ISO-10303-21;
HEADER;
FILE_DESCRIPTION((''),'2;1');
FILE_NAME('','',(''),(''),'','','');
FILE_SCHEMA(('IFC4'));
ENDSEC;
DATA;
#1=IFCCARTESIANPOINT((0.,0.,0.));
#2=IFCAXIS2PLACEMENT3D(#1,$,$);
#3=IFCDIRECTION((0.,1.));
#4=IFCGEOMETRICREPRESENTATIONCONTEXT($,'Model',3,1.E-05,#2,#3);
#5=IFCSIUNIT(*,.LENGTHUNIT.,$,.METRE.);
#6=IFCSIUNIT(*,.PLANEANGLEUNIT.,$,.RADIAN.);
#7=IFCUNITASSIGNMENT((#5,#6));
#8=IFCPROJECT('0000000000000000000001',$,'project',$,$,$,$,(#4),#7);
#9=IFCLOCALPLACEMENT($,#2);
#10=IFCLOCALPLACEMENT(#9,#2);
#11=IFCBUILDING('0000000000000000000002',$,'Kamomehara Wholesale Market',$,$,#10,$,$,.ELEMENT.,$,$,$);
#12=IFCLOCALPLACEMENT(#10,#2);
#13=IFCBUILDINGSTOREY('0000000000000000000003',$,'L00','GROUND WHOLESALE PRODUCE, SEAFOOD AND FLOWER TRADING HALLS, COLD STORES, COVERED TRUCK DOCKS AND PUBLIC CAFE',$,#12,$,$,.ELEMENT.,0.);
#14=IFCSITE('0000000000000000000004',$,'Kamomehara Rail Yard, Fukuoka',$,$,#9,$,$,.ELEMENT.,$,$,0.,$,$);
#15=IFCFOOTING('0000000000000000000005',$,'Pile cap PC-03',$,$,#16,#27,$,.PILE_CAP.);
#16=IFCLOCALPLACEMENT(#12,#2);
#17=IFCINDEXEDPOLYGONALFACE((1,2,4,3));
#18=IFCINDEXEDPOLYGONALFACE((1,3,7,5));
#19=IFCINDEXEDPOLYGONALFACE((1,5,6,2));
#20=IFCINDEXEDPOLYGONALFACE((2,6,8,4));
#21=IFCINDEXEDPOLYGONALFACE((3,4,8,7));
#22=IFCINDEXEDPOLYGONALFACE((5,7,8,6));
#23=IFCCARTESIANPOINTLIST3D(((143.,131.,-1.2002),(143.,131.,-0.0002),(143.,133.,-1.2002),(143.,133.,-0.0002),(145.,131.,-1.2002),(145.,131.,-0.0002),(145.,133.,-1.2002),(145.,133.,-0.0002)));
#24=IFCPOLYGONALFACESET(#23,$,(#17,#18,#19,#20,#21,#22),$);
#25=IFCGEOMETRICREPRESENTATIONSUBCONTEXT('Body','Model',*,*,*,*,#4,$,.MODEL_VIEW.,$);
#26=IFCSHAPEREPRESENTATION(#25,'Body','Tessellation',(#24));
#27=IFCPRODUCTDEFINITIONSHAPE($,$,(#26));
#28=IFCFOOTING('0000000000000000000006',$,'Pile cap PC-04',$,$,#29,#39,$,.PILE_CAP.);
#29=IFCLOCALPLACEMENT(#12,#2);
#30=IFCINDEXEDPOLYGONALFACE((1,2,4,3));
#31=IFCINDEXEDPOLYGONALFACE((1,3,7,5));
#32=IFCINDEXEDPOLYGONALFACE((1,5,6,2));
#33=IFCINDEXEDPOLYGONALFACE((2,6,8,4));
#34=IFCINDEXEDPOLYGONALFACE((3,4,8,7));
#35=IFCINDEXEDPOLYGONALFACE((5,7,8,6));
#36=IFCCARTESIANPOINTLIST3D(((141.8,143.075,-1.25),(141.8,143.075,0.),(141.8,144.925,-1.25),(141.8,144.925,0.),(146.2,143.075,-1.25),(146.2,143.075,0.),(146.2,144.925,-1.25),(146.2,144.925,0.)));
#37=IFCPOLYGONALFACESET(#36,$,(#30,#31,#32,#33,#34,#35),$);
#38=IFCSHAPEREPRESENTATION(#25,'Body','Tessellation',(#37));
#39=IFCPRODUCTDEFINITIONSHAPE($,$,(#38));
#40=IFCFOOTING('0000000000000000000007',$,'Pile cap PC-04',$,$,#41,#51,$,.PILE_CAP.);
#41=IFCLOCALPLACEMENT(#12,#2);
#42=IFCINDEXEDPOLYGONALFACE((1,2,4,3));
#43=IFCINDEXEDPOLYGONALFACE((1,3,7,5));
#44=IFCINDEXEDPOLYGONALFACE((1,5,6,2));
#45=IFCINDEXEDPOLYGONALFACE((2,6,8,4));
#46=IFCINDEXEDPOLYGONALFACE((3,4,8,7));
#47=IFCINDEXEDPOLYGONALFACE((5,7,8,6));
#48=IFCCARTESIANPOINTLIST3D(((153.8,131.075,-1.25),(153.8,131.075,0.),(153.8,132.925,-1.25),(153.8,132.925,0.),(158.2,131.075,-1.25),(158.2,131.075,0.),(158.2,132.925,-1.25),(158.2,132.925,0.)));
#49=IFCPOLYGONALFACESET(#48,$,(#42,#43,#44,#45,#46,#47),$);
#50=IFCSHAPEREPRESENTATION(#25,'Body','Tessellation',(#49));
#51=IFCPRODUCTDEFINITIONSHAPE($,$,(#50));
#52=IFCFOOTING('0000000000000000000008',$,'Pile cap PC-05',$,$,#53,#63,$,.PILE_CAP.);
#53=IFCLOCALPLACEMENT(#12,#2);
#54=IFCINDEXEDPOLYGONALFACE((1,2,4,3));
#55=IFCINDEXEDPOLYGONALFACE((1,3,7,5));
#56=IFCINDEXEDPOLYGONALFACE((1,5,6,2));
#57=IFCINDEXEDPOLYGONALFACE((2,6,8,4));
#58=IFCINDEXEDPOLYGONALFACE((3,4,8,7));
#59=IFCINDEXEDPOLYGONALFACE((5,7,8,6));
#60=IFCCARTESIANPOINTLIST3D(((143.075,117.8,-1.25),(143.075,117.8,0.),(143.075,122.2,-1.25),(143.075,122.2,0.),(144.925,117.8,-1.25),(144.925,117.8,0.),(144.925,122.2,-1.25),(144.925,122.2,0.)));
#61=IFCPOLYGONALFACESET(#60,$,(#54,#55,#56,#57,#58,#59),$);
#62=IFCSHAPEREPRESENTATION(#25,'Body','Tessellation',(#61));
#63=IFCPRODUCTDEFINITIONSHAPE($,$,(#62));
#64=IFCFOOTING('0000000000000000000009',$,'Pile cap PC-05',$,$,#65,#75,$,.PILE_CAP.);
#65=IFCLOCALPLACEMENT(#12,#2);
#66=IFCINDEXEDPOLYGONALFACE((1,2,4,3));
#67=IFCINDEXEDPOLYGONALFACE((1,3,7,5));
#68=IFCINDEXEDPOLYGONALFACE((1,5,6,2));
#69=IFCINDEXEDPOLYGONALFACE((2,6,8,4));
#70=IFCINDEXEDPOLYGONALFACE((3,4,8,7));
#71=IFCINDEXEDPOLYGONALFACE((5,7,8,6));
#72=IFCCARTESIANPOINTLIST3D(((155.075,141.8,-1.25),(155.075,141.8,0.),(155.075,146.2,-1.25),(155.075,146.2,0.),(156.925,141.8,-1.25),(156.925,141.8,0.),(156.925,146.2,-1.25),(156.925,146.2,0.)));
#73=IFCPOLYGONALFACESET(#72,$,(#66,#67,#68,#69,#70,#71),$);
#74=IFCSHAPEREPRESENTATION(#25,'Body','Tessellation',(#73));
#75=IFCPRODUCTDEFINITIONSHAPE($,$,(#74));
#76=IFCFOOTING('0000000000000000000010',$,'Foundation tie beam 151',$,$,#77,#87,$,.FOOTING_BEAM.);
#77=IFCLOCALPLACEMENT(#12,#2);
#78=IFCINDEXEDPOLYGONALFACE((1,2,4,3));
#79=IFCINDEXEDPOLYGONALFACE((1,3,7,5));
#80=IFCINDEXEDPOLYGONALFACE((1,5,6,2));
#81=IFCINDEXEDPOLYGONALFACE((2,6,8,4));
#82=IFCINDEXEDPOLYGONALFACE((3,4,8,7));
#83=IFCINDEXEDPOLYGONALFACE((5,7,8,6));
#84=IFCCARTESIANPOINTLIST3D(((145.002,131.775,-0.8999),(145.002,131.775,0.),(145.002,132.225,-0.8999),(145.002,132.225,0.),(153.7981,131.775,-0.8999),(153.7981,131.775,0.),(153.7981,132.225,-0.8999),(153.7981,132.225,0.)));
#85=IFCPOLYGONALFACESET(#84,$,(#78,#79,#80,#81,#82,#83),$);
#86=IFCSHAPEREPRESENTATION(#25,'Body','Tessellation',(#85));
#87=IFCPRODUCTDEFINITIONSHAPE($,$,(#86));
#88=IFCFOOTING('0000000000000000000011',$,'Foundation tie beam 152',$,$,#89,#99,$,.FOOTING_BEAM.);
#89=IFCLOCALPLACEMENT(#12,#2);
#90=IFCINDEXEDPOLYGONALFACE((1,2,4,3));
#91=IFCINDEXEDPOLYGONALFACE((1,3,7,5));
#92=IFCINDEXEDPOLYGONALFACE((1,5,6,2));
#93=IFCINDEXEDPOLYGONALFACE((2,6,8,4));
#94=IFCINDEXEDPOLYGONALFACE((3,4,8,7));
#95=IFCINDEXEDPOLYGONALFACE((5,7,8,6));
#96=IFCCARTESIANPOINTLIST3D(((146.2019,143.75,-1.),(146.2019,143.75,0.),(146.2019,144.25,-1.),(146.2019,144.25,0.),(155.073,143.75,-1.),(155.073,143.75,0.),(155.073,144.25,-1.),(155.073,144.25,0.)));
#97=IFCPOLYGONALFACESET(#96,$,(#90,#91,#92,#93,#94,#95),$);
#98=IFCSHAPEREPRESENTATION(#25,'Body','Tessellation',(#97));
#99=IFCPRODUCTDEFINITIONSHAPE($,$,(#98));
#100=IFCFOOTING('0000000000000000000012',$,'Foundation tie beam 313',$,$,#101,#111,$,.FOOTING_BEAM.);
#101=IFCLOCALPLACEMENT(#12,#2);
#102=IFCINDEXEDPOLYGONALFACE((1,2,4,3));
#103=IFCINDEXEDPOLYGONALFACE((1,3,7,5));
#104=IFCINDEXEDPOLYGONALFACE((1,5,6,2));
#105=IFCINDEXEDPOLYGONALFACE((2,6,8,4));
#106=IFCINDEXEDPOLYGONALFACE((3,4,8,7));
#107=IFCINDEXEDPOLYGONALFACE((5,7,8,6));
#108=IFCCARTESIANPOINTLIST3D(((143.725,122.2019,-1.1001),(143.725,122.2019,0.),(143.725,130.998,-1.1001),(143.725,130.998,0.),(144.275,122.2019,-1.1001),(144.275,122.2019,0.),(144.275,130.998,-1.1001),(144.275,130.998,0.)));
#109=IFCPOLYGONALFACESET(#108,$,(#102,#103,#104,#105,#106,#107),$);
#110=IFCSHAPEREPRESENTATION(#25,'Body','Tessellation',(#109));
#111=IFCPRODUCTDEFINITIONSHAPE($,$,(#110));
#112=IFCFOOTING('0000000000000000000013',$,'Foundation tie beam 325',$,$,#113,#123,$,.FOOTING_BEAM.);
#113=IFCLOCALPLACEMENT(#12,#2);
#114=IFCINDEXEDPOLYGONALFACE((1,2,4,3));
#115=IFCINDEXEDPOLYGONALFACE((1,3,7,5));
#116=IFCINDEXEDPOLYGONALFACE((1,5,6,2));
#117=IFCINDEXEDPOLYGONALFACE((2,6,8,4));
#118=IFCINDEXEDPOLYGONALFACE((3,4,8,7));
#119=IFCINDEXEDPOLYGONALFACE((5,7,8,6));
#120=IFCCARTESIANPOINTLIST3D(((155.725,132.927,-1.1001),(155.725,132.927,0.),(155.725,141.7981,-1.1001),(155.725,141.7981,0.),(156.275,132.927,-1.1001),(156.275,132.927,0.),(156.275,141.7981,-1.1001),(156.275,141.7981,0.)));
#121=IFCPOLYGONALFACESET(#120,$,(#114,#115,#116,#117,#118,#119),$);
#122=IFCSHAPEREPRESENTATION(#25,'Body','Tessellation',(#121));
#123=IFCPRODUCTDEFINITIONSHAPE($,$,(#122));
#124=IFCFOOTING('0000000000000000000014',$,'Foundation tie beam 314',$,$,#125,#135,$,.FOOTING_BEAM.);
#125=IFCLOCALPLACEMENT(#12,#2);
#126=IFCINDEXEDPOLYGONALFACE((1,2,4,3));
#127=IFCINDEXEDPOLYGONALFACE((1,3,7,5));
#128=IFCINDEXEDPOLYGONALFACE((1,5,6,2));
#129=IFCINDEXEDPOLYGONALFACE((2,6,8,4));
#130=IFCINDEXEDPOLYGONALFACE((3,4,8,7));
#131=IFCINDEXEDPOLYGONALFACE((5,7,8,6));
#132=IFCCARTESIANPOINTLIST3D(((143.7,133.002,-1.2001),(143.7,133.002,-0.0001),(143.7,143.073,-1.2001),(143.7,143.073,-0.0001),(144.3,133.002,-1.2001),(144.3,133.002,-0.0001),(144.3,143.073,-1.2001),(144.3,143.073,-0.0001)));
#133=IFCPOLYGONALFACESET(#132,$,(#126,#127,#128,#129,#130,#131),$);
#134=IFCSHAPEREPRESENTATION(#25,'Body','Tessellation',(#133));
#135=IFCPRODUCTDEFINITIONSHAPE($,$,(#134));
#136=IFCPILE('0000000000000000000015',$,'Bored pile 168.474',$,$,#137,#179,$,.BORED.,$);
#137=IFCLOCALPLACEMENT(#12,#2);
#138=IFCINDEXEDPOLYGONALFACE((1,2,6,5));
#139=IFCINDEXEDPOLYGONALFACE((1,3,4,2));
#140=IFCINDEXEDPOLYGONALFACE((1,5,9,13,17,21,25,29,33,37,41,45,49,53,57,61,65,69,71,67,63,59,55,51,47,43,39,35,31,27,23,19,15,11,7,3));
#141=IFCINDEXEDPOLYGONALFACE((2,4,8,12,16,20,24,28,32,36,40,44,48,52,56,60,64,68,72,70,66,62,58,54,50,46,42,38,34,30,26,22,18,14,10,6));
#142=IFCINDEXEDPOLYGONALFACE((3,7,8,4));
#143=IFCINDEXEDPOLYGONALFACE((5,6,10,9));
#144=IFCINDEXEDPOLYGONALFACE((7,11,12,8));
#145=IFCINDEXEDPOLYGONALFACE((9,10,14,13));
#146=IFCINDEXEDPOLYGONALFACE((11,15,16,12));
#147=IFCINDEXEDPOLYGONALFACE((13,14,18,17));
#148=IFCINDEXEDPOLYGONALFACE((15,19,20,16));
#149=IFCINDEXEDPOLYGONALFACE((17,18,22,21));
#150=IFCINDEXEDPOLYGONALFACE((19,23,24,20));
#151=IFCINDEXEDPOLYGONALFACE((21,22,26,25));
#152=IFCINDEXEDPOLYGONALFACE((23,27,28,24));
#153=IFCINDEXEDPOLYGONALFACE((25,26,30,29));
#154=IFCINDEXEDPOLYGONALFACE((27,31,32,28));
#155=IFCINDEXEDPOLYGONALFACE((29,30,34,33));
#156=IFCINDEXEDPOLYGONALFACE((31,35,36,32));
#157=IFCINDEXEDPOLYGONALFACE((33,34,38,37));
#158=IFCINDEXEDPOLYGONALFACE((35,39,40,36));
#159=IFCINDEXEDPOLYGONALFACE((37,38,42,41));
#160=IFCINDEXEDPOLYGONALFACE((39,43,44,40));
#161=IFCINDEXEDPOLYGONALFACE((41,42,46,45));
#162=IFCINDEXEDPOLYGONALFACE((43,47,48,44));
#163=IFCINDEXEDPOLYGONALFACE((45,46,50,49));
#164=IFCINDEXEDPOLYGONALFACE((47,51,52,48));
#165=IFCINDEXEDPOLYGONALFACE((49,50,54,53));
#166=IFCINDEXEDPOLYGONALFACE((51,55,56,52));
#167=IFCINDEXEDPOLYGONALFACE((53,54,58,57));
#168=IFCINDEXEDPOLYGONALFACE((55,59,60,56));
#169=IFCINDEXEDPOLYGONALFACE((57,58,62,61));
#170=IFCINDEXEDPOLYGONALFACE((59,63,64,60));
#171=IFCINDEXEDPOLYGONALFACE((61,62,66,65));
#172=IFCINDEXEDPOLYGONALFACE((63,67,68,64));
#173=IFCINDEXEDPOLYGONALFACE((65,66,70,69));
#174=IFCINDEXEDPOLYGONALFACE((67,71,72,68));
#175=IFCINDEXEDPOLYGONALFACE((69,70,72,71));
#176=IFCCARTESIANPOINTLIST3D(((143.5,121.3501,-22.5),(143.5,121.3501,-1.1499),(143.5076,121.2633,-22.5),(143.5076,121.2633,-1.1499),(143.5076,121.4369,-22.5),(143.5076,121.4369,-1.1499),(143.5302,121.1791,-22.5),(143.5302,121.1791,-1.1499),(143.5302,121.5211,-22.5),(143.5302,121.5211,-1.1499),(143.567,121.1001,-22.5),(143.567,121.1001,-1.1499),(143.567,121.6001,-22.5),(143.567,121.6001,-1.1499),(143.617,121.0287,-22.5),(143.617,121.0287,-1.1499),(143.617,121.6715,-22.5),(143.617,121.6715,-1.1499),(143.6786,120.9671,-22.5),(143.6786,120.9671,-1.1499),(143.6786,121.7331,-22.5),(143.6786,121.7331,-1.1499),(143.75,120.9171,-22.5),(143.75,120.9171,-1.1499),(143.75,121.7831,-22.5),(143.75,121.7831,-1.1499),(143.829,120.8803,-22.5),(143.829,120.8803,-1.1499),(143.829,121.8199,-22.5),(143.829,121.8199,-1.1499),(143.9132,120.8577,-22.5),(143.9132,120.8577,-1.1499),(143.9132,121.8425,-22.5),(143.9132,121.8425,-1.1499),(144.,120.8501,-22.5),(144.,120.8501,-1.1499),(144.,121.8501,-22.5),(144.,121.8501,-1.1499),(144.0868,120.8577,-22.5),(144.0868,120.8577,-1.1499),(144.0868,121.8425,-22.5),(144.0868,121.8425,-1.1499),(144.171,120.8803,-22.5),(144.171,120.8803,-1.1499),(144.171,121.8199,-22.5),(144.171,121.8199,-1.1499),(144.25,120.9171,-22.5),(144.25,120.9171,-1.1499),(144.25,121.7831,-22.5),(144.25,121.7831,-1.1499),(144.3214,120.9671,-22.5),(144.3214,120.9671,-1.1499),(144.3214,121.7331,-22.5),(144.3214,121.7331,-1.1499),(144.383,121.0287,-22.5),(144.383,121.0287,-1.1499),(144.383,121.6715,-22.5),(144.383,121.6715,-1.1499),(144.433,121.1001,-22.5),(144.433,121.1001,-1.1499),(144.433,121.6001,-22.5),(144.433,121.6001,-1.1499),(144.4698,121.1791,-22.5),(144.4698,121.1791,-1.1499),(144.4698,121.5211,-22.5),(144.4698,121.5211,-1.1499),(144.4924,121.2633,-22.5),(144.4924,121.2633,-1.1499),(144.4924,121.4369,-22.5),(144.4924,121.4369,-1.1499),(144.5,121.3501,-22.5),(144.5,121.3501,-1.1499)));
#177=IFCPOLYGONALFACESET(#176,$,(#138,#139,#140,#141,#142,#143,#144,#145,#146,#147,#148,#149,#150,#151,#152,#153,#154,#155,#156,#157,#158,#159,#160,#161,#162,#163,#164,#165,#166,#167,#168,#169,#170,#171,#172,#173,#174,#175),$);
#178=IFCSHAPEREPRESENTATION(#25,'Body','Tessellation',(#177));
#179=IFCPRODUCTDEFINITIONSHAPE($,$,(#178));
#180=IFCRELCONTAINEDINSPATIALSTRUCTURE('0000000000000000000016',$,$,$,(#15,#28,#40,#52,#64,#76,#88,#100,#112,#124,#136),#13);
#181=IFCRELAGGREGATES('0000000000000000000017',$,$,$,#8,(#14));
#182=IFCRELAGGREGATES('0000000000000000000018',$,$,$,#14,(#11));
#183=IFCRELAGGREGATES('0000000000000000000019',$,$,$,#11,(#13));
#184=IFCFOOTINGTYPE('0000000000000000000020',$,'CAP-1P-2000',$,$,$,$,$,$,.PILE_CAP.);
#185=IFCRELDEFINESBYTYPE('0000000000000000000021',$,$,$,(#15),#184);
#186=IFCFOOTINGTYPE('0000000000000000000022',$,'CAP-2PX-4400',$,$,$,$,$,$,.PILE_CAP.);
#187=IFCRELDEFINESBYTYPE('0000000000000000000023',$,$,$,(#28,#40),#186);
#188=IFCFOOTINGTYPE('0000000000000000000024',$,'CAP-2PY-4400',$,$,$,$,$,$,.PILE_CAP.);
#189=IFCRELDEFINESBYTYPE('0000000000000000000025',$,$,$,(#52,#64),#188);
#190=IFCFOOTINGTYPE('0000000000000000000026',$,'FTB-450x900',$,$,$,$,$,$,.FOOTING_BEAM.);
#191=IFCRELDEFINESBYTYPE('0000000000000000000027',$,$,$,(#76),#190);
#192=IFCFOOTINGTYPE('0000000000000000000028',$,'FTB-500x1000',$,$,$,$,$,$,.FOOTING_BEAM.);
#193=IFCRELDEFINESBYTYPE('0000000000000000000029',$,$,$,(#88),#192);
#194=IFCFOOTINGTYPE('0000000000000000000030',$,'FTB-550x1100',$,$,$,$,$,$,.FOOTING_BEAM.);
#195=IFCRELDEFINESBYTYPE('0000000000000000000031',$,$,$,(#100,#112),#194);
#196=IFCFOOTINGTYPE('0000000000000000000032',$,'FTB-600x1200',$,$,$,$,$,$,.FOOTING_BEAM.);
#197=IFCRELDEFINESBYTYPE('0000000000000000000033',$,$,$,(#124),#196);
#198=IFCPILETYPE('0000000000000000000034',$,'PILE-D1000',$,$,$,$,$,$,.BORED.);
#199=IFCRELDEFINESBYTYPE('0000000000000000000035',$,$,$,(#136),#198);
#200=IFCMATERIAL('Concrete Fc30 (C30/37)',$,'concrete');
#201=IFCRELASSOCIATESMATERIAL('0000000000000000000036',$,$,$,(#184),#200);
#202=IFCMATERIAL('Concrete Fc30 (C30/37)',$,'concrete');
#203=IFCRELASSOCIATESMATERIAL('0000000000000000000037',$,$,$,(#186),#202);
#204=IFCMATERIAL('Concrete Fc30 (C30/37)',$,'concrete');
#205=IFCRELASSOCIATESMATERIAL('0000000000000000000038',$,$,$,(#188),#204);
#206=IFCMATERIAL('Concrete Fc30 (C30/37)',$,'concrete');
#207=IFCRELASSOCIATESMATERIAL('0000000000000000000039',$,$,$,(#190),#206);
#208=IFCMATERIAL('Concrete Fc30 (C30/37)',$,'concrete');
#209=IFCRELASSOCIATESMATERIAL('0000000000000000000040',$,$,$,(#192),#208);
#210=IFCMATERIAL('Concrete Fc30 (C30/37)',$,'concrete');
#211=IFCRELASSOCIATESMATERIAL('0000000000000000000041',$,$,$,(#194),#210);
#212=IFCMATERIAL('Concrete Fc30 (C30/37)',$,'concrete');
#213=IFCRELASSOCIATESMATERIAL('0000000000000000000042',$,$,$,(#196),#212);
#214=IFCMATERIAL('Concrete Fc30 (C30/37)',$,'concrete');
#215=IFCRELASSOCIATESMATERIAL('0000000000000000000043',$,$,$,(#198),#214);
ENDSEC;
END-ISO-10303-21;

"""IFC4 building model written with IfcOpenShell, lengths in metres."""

from ifc_helpers import new_model, si_unit, direction, frame, origin, origin_2d, place, context, subcontext, project, spatial, rectangle, circle, extrude, material, material_profile, profile_set, type_object, element, save


model = new_model("IFC4")

# Units and contexts
model_context = context("Model", 3, precision=1e-05, world=origin(), true_north=direction((0.0, 1.0)))
body_context = subcontext(model_context, "Body", "Model", "MODEL_VIEW")
ifc_project = project(units=[si_unit("LENGTHUNIT", "METRE"), si_unit("PLANEANGLEUNIT", "RADIAN")], contexts=[model_context])

# Site, building, storey
site_placement = place(None, origin())
site = spatial("IfcSite", under=ifc_project, at=site_placement, Name="Kamomehara Rail Yard, Fukuoka", CompositionType="ELEMENT", RefElevation=0.0)
building_placement = place(site_placement, origin())
building = spatial("IfcBuilding", under=site, at=building_placement, Name="Kamomehara Wholesale Market", CompositionType="ELEMENT")
storey_placement = place(building_placement, origin())
storey = spatial("IfcBuildingStorey", under=building, at=storey_placement, Name="L00", Description="GROUND WHOLESALE PRODUCE, SEAFOOD AND FLOWER TRADING HALLS, COLD STORES, COVERED TRUCK DOCKS AND PUBLIC CAFE", CompositionType="ELEMENT", Elevation=0.0)

# Footings
ifc_material_1 = material(Name="Concrete Fc30 (C30/37)", Category="concrete")
footing_type_1 = type_object("IfcFootingType", Name="CAP-1P-2000", PredefinedType="PILE_CAP", material=ifc_material_1)
footing_1_placement = place(storey_placement, frame((144.0, 132.0, -1.2002), z_axis=(0.0, 0.0, 1.0), x_axis=(1.0, 0.0, 0.0)))
element("IfcFooting", 1, at=footing_1_placement, inside=storey, type_object=footing_type_1, Name="Pile cap PC-03", PredefinedType="PILE_CAP", context=body_context, shape_type="SweptSolid", body=[
    extrude(rectangle(XDim=2.0, YDim=2.0, at=origin_2d()), origin(), (0.0, 0.0, 1.0), 1.2),
])
ifc_material_2 = material(Name="Concrete Fc30 (C30/37)", Category="concrete")
footing_type_2 = type_object("IfcFootingType", Name="CAP-2PX-4400", PredefinedType="PILE_CAP", material=ifc_material_2)
for number, where, z_axis, x_axis, name in (
    (2, (144.0, 144.0, -1.25), (0.0, 0.0, 1.0), (1.0, 0.0, 0.0), "Pile cap PC-04"),
    (3, (156.0, 132.0, -1.25), (0.0, 0.0, 1.0), (1.0, 0.0, 0.0), "Pile cap PC-04"),
):
    element("IfcFooting", number, at=place(storey_placement, frame(where, z_axis=z_axis, x_axis=x_axis)), inside=storey, type_object=footing_type_2, Name=name, PredefinedType="PILE_CAP", context=body_context, shape_type="SweptSolid", body=[
        extrude(rectangle(XDim=4.3999, YDim=1.8501, at=origin_2d()), origin(), (0.0, 0.0, 1.0), 1.25),
    ])
ifc_material_3 = material(Name="Concrete Fc30 (C30/37)", Category="concrete")
footing_type_3 = type_object("IfcFootingType", Name="CAP-2PY-4400", PredefinedType="PILE_CAP", material=ifc_material_3)
for number, where, z_axis, x_axis, name in (
    (4, (144.0, 120.0, -1.25), (0.0, 0.0, 1.0), (1.0, 0.0, 0.0), "Pile cap PC-05"),
    (5, (156.0, 144.0, -1.25), (0.0, 0.0, 1.0), (1.0, 0.0, 0.0), "Pile cap PC-05"),
):
    element("IfcFooting", number, at=place(storey_placement, frame(where, z_axis=z_axis, x_axis=x_axis)), inside=storey, type_object=footing_type_3, Name=name, PredefinedType="PILE_CAP", context=body_context, shape_type="SweptSolid", body=[
        extrude(rectangle(XDim=1.8501, YDim=4.3999, at=origin_2d()), origin(), (0.0, 0.0, 1.0), 1.25),
    ])
ifc_material_4 = material(Name="Concrete Fc30 (C30/37)", Category="concrete")
ifc_material_profile_1 = material_profile(ifc_material_4, rectangle(XDim=0.45, YDim=0.8999, at=origin_2d()), Name="RC-FTB-450x900")
ifc_profile_set_1 = profile_set([ifc_material_profile_1], Name="Concrete Fc30 (C30/37)")
footing_type_4 = type_object("IfcFootingType", Name="FTB-450x900", PredefinedType="FOOTING_BEAM", material=ifc_profile_set_1)
footing_2_placement = place(storey_placement, frame((145.002, 132.0, -0.45), z_axis=(1.0, 0.0, 0.0), x_axis=(0.0, 1.0, 0.0)))
element("IfcFooting", 6, at=footing_2_placement, inside=storey, type_object=footing_type_4, Name="Foundation tie beam 151", PredefinedType="FOOTING_BEAM", context=body_context, shape_type="SweptSolid", body=[
    extrude(rectangle(XDim=0.45, YDim=0.8999, at=origin_2d()), origin(), (0.0, 0.0, 1.0), 8.7961),
])
ifc_material_5 = material(Name="Concrete Fc30 (C30/37)", Category="concrete")
ifc_material_profile_2 = material_profile(ifc_material_5, rectangle(XDim=0.5, YDim=1.0, at=origin_2d()), Name="RC-FTB-500x1000")
ifc_profile_set_2 = profile_set([ifc_material_profile_2], Name="Concrete Fc30 (C30/37)")
footing_type_5 = type_object("IfcFootingType", Name="FTB-500x1000", PredefinedType="FOOTING_BEAM", material=ifc_profile_set_2)
footing_3_placement = place(storey_placement, frame((146.2019, 144.0, -0.5), z_axis=(1.0, 0.0, 0.0), x_axis=(0.0, 1.0, 0.0)))
element("IfcFooting", 7, at=footing_3_placement, inside=storey, type_object=footing_type_5, Name="Foundation tie beam 152", PredefinedType="FOOTING_BEAM", context=body_context, shape_type="SweptSolid", body=[
    extrude(rectangle(XDim=0.5, YDim=1.0, at=origin_2d()), origin(), (0.0, 0.0, 1.0), 8.8711),
])
ifc_material_6 = material(Name="Concrete Fc30 (C30/37)", Category="concrete")
ifc_material_profile_3 = material_profile(ifc_material_6, rectangle(XDim=0.55, YDim=1.1001, at=origin_2d()), Name="RC-FTB-550x1100")
ifc_profile_set_3 = profile_set([ifc_material_profile_3], Name="Concrete Fc30 (C30/37)")
footing_type_6 = type_object("IfcFootingType", Name="FTB-550x1100", PredefinedType="FOOTING_BEAM", material=ifc_profile_set_3)
footing_4_placement = place(storey_placement, frame((144.0, 122.2019, -0.55), z_axis=(0.0, 1.0, 0.0), x_axis=(-1.0, 0.0, 0.0)))
element("IfcFooting", 8, at=footing_4_placement, inside=storey, type_object=footing_type_6, Name="Foundation tie beam 313", PredefinedType="FOOTING_BEAM", context=body_context, shape_type="SweptSolid", body=[
    extrude(rectangle(XDim=0.55, YDim=1.1001, at=origin_2d()), origin(), (0.0, 0.0, 1.0), 8.7961),
])
footing_5_placement = place(storey_placement, frame((156.0, 132.927, -0.55), z_axis=(0.0, 1.0, 0.0), x_axis=(-1.0, 0.0, 0.0)))
element("IfcFooting", 9, at=footing_5_placement, inside=storey, type_object=footing_type_6, Name="Foundation tie beam 325", PredefinedType="FOOTING_BEAM", context=body_context, shape_type="SweptSolid", body=[
    extrude(rectangle(XDim=0.55, YDim=1.1001, at=origin_2d()), origin(), (0.0, 0.0, 1.0), 8.8711),
])
ifc_material_7 = material(Name="Concrete Fc30 (C30/37)", Category="concrete")
ifc_material_profile_4 = material_profile(ifc_material_7, rectangle(XDim=0.6001, YDim=1.2, at=origin_2d()), Name="RC-FTB-600x1200")
ifc_profile_set_4 = profile_set([ifc_material_profile_4], Name="Concrete Fc30 (C30/37)")
footing_type_7 = type_object("IfcFootingType", Name="FTB-600x1200", PredefinedType="FOOTING_BEAM", material=ifc_profile_set_4)
footing_6_placement = place(storey_placement, frame((144.0, 133.002, -0.6001), z_axis=(0.0, 1.0, 0.0), x_axis=(-1.0, 0.0, 0.0)))
element("IfcFooting", 10, at=footing_6_placement, inside=storey, type_object=footing_type_7, Name="Foundation tie beam 314", PredefinedType="FOOTING_BEAM", context=body_context, shape_type="SweptSolid", body=[
    extrude(rectangle(XDim=0.6001, YDim=1.2, at=origin_2d()), origin(), (0.0, 0.0, 1.0), 10.071),
])

# Pile
ifc_material_8 = material(Name="Concrete Fc30 (C30/37)", Category="concrete")
ifc_material_profile_5 = material_profile(ifc_material_8, circle(Radius=0.5, at=origin_2d()), Name="RC-PILE-D1000")
ifc_profile_set_5 = profile_set([ifc_material_profile_5], Name="Concrete Fc30 (C30/37)")
pile_type_1 = type_object("IfcPileType", Name="PILE-D1000", PredefinedType="BORED", material=ifc_profile_set_5)
for number, where, z_axis, x_axis, name in (
    (11, (144.0, 121.3501, -1.1499), (0.0, 0.0, -1.0), (1.0, 0.0, 0.0), "Bored pile 168.474"),
):
    element("IfcPile", number, at=place(storey_placement, frame(where, z_axis=z_axis, x_axis=x_axis)), inside=storey, type_object=pile_type_1, Name=name, PredefinedType="BORED", context=body_context, shape_type="SweptSolid", body=[
        extrude(circle(Radius=0.5, at=origin_2d()), origin(), (0.0, 0.0, 1.0), 21.3501),
    ])

save(model, "model.ifc")
